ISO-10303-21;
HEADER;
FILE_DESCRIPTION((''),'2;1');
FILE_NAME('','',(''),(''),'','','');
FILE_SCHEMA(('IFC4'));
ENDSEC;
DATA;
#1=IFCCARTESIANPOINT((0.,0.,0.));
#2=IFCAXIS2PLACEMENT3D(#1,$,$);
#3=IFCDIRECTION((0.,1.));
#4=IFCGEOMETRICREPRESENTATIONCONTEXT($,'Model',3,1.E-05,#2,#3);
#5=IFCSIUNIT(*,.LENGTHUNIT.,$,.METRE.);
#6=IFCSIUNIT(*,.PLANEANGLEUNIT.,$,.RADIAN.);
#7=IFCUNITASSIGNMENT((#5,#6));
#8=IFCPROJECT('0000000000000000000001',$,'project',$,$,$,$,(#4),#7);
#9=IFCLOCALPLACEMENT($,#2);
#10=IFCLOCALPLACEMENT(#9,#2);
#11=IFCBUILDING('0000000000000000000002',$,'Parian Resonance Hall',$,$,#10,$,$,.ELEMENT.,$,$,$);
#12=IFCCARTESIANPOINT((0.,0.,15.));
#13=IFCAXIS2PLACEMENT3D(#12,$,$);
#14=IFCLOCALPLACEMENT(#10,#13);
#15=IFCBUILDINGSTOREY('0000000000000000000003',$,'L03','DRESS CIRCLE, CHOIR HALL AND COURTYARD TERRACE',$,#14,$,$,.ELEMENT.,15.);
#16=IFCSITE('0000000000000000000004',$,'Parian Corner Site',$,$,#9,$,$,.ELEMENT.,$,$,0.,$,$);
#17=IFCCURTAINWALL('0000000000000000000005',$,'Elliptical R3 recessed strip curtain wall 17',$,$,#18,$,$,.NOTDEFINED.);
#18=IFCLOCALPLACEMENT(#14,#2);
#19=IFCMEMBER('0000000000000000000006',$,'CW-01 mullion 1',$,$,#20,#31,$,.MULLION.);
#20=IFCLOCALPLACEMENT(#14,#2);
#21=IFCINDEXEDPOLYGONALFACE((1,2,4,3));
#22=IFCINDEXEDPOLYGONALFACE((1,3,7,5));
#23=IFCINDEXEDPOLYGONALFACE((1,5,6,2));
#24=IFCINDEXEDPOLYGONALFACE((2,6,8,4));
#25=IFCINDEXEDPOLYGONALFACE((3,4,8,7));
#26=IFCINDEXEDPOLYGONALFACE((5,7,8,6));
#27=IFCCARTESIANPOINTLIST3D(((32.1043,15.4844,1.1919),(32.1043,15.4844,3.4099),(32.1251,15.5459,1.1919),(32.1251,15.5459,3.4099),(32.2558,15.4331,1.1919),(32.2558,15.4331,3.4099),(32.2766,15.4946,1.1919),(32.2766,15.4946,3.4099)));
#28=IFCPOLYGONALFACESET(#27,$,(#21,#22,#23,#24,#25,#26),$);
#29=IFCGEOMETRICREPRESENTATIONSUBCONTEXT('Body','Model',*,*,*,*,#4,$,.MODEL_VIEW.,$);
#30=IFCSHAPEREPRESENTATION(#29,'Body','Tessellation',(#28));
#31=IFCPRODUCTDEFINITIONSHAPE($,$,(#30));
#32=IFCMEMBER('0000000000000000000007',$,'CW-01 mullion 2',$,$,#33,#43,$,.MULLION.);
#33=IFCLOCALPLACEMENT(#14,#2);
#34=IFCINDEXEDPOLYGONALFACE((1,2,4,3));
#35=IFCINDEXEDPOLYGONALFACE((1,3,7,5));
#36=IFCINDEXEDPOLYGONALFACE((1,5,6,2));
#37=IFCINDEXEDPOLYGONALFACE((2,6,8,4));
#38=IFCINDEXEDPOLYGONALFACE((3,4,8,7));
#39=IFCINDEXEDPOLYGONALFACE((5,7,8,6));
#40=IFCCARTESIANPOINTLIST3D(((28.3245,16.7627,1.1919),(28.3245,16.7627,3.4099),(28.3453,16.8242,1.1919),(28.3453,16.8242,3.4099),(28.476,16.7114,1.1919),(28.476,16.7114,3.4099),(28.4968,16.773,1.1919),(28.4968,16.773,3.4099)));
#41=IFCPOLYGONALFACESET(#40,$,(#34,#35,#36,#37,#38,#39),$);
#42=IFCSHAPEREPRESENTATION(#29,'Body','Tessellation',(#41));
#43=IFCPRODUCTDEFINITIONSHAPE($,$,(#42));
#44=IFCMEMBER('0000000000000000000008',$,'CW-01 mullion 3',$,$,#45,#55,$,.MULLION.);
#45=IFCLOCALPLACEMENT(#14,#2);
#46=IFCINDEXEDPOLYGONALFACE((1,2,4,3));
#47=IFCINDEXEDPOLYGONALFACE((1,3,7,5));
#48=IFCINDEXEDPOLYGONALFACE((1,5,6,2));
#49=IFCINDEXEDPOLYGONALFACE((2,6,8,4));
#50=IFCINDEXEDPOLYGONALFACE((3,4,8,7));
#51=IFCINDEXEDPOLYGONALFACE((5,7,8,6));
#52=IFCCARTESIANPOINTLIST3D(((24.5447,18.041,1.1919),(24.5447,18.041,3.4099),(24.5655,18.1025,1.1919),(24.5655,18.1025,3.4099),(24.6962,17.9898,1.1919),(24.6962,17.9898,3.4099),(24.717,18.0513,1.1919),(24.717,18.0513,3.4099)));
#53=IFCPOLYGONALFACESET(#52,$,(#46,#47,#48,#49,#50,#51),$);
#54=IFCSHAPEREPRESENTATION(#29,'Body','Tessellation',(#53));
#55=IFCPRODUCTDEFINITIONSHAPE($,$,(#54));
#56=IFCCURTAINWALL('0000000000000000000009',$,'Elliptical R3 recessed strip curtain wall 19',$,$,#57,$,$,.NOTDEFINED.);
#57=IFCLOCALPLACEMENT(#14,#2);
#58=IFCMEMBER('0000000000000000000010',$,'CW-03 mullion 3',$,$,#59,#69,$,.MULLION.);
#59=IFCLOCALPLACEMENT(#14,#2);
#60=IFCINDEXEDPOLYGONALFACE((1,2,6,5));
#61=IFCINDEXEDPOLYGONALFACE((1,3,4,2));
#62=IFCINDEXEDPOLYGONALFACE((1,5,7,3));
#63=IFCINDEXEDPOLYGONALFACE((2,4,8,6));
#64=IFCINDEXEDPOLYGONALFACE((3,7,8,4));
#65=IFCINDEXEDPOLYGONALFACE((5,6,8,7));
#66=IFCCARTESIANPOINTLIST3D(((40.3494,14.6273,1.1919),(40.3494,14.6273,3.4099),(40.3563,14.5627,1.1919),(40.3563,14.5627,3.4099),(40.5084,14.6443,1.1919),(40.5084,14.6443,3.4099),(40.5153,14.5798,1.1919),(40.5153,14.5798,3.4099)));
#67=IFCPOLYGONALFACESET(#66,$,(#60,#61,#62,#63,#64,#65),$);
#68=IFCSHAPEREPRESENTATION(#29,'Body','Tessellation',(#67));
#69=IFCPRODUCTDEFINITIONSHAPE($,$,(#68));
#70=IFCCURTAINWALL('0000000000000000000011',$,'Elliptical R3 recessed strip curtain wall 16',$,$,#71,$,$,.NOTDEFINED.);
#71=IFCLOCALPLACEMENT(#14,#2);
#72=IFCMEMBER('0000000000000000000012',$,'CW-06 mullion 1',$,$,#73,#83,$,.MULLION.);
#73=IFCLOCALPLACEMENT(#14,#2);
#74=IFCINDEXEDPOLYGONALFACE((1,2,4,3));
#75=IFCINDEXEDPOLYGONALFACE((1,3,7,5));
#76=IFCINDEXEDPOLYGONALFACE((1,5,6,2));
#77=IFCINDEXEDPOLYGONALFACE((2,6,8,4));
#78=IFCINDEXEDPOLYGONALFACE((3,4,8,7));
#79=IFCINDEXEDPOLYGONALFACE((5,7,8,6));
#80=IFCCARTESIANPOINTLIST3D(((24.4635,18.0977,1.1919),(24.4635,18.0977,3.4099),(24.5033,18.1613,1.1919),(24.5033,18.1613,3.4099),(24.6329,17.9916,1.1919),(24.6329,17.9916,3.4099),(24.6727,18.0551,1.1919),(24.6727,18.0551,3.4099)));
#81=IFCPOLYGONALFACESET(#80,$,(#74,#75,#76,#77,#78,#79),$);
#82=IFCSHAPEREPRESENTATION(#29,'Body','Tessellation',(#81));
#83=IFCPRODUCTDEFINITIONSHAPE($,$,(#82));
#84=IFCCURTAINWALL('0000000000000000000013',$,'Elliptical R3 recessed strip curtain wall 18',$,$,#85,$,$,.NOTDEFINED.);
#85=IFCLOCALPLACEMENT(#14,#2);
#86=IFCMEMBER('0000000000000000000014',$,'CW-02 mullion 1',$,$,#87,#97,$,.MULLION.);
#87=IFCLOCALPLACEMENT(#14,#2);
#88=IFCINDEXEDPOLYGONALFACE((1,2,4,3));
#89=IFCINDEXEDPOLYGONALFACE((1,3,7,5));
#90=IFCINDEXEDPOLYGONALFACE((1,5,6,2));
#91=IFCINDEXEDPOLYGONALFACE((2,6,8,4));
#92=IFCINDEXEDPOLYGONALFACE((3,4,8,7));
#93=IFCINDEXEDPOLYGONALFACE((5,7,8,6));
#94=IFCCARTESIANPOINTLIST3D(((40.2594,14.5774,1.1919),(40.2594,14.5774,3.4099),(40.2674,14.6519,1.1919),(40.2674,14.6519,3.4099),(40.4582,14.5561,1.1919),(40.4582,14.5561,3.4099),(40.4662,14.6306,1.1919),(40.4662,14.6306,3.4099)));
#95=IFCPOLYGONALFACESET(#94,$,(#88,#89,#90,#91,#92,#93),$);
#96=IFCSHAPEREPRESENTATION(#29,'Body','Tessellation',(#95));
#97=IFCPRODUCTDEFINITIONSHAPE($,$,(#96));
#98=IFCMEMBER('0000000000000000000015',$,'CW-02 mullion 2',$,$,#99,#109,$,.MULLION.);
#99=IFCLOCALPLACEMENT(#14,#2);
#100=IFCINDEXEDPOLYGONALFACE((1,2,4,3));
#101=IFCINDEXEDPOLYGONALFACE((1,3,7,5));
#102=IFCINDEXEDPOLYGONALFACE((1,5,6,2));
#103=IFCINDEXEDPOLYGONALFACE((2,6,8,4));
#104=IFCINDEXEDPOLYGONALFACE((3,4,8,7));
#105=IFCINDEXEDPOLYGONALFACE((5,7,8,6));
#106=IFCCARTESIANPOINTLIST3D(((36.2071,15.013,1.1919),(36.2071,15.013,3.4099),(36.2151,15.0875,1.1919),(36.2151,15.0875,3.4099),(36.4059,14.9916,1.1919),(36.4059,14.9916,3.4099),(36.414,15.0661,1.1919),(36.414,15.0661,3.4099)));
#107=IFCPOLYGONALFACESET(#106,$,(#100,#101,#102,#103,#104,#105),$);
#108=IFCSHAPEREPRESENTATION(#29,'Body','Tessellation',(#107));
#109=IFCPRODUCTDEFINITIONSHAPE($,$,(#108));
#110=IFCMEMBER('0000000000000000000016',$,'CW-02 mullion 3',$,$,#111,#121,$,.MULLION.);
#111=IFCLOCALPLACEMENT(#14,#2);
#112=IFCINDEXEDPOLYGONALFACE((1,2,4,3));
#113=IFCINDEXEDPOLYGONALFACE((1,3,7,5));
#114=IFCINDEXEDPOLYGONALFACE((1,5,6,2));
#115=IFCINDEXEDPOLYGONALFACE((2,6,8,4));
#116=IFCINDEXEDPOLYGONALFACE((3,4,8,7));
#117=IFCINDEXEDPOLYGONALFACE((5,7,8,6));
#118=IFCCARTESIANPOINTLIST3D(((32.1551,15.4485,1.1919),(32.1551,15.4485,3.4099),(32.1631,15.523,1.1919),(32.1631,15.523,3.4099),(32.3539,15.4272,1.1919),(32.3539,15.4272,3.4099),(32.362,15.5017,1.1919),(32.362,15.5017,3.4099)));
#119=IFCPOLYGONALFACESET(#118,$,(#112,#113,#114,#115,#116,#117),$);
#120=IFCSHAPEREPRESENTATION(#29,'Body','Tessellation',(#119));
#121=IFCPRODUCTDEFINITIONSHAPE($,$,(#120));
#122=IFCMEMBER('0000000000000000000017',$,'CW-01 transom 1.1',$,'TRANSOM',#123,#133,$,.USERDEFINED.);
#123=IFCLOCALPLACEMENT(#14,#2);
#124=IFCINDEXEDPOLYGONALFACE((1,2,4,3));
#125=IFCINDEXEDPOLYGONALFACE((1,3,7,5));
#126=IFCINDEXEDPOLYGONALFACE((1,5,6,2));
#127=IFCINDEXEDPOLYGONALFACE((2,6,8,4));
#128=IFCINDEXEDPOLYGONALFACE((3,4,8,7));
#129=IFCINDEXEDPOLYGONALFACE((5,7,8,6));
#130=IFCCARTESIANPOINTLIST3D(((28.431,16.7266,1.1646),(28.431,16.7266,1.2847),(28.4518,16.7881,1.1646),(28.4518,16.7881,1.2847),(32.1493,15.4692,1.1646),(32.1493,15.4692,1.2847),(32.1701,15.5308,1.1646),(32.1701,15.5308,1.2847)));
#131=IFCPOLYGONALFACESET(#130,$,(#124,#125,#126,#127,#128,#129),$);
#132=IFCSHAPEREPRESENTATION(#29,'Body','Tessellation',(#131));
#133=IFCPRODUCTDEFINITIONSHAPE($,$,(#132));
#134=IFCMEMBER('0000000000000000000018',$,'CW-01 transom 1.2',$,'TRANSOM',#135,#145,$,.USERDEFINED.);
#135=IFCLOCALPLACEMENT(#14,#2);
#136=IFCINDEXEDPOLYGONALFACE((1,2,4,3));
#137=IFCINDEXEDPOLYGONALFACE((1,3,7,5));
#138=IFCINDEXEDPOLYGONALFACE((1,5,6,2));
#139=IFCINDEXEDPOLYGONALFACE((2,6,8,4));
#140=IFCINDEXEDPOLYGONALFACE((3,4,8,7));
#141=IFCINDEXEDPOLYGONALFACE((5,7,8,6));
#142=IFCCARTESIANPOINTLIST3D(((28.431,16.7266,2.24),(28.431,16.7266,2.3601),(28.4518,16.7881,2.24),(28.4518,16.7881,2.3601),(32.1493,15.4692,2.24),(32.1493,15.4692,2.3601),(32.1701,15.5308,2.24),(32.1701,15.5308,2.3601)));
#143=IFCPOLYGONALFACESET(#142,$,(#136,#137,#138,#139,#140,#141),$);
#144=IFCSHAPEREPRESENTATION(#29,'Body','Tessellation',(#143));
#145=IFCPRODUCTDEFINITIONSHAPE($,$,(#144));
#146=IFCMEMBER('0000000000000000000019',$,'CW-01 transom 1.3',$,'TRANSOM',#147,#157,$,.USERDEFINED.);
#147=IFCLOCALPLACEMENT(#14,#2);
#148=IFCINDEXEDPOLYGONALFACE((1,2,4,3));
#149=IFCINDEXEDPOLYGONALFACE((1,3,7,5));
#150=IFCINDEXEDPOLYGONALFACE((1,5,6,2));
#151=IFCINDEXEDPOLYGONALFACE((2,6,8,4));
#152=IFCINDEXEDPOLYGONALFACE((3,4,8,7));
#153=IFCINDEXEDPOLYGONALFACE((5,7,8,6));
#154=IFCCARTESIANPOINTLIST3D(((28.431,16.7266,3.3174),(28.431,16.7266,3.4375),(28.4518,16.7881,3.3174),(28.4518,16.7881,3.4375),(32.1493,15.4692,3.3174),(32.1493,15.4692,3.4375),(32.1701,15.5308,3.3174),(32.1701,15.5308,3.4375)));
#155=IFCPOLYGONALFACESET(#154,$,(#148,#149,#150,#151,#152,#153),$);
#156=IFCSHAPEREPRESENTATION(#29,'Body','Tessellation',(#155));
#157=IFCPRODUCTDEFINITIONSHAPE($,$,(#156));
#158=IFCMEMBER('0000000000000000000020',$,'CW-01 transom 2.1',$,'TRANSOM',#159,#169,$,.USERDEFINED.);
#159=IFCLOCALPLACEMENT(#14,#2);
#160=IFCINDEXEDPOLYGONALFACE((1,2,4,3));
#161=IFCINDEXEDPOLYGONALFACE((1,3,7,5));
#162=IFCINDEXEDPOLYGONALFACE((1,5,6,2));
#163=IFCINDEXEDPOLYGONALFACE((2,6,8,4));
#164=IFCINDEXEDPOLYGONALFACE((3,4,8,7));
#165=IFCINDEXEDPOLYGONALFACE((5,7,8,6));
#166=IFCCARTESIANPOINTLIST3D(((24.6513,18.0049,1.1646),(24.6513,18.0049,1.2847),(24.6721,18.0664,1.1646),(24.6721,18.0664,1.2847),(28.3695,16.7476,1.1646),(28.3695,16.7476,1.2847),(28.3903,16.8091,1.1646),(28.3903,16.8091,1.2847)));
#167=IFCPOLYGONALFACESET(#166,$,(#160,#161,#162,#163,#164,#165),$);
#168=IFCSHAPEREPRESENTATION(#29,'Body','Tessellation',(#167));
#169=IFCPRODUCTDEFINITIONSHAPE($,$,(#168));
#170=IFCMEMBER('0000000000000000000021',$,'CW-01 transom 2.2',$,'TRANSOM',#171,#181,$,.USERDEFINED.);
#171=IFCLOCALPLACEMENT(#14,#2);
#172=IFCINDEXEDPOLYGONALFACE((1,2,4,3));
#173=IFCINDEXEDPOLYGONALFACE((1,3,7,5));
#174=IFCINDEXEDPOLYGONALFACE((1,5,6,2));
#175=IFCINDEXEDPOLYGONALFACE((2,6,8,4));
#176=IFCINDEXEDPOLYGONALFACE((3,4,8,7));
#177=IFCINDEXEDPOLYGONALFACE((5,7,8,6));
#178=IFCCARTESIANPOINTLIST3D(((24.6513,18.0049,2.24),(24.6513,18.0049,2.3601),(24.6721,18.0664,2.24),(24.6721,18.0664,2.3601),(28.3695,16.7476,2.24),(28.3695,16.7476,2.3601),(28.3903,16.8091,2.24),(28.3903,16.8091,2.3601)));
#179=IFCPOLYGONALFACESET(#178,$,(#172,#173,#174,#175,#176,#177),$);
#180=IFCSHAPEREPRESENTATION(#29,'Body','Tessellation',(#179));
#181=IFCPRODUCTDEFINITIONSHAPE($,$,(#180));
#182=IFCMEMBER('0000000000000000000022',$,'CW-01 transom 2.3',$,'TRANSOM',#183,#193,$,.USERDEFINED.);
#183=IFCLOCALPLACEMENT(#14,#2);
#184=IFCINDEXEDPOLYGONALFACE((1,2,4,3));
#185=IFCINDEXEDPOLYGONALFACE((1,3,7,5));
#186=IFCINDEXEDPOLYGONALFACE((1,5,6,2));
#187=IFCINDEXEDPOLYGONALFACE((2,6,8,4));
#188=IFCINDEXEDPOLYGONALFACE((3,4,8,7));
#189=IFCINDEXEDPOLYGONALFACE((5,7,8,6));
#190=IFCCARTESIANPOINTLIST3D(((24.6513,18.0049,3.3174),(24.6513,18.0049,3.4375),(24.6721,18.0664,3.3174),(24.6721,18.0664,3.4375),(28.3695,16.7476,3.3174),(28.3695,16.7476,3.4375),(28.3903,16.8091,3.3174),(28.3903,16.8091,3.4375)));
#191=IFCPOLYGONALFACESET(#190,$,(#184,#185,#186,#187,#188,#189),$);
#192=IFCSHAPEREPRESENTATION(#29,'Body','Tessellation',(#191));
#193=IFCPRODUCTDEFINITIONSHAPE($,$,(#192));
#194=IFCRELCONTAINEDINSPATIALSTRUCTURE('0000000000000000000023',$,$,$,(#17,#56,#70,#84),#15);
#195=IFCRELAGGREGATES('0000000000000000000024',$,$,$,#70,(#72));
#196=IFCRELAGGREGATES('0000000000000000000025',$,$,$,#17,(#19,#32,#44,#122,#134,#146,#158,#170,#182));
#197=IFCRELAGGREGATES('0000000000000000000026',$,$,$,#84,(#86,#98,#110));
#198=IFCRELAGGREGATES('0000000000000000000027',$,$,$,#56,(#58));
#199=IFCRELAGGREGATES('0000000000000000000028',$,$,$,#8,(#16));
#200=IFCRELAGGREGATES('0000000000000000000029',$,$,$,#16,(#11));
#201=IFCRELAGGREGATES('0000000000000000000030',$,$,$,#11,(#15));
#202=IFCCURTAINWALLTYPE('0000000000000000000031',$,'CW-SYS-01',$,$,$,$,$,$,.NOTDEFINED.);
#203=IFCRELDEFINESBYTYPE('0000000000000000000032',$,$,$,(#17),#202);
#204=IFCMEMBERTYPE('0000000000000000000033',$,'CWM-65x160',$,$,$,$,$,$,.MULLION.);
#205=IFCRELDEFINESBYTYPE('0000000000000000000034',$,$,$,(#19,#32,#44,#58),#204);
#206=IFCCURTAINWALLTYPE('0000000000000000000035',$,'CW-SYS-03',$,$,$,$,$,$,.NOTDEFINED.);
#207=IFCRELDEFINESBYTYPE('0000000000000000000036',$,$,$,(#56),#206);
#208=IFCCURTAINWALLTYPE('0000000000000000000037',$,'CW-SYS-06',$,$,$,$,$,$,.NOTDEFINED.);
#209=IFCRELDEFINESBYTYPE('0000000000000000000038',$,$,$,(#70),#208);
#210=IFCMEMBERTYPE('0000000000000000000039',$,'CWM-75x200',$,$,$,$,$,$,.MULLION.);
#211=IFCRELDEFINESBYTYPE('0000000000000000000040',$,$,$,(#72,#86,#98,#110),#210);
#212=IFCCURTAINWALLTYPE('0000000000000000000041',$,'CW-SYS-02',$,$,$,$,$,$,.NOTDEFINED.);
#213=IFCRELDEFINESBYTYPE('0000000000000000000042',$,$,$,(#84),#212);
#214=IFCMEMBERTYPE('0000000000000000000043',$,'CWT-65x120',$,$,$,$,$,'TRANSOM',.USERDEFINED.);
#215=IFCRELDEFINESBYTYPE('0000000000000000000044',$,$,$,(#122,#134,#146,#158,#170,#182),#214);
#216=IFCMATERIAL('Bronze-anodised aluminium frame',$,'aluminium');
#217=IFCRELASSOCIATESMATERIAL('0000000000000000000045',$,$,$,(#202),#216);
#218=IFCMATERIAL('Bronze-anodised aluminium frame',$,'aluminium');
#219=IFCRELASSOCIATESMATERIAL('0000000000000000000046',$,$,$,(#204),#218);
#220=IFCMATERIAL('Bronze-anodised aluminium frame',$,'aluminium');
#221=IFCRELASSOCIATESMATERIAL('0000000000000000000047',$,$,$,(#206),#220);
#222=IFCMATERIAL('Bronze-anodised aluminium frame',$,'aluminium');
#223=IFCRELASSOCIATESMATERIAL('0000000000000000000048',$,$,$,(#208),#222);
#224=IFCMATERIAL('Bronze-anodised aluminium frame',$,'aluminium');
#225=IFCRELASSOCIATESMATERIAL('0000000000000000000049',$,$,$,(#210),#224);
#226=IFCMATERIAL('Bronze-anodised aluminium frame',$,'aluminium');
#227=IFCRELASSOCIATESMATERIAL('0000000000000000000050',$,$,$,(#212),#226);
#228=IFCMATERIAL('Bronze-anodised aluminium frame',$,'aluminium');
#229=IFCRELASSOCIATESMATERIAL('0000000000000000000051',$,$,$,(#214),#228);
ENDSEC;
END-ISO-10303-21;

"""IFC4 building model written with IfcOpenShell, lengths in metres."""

from ifc_helpers import new_model, si_unit, direction, frame, origin, origin_2d, place, context, subcontext, project, spatial, rectangle, extrude, material, material_profile, profile_set, type_object, element, aggregate, save


model = new_model("IFC4")

# Units and contexts
model_context = context("Model", 3, precision=1e-05, world=origin(), true_north=direction((0.0, 1.0)))
body_context = subcontext(model_context, "Body", "Model", "MODEL_VIEW")
ifc_project = project(units=[si_unit("LENGTHUNIT", "METRE"), si_unit("PLANEANGLEUNIT", "RADIAN")], contexts=[model_context])

# Site, building, storey
site_placement = place(None, origin())
site = spatial("IfcSite", under=ifc_project, at=site_placement, Name="Parian Corner Site", CompositionType="ELEMENT", RefElevation=0.0)
building_placement = place(site_placement, origin())
building = spatial("IfcBuilding", under=site, at=building_placement, Name="Parian Resonance Hall", CompositionType="ELEMENT")
storey_placement = place(building_placement, frame((0.0, 0.0, 15.0)))
storey = spatial("IfcBuildingStorey", under=building, at=storey_placement, Name="L03", Description="DRESS CIRCLE, CHOIR HALL AND COURTYARD TERRACE", CompositionType="ELEMENT", Elevation=15.0)

# Curtain wall, members
ifc_material_1 = material(Name="Bronze-anodised aluminium frame", Category="aluminium")
curtain_wall_type_1 = type_object("IfcCurtainWallType", Name="CW-SYS-01", PredefinedType="NOTDEFINED", material=ifc_material_1)
curtain_wall_1_placement = place(storey_placement, origin())
curtain_wall_1 = element("IfcCurtainWall", 1, at=curtain_wall_1_placement, inside=storey, type_object=curtain_wall_type_1, Name="Elliptical R3 recessed strip curtain wall 17", PredefinedType="NOTDEFINED")
ifc_material_2 = material(Name="Bronze-anodised aluminium frame", Category="aluminium")
ifc_material_profile_1 = material_profile(ifc_material_2, rectangle(XDim=0.0649, YDim=0.1599, at=origin_2d()), Name="CWM-65x160")
ifc_profile_set_1 = profile_set([ifc_material_profile_1], Name="Bronze-anodised aluminium frame")
member_type_1 = type_object("IfcMemberType", Name="CWM-65x160", PredefinedType="MULLION", material=ifc_profile_set_1)
member_1_placement = place(storey_placement, frame((32.1904, 15.4895, 1.1919), z_axis=(0.0, 0.0, 1.0), x_axis=(-0.32036, -0.947296, 0.0)))
member_1 = element("IfcMember", 2, at=member_1_placement, type_object=member_type_1, Name="CW-01 mullion 1", PredefinedType="MULLION", context=body_context, shape_type="SweptSolid", body=[
    extrude(rectangle(XDim=0.0649, YDim=0.1599, at=origin_2d()), origin(), (0.0, 0.0, 1.0), 2.218),
])
member_2_placement = place(storey_placement, frame((28.4106, 16.7678, 1.1919), z_axis=(0.0, 0.0, 1.0), x_axis=(-0.32036, -0.947296, 0.0)))
member_2 = element("IfcMember", 3, at=member_2_placement, type_object=member_type_1, Name="CW-01 mullion 2", PredefinedType="MULLION", context=body_context, shape_type="SweptSolid", body=[
    extrude(rectangle(XDim=0.0649, YDim=0.1599, at=origin_2d()), origin(), (0.0, 0.0, 1.0), 2.218),
])
member_3_placement = place(storey_placement, frame((24.6309, 18.0461, 1.1919), z_axis=(0.0, 0.0, 1.0), x_axis=(-0.32036, -0.947296, 0.0)))
member_3 = element("IfcMember", 4, at=member_3_placement, type_object=member_type_1, Name="CW-01 mullion 3", PredefinedType="MULLION", context=body_context, shape_type="SweptSolid", body=[
    extrude(rectangle(XDim=0.0649, YDim=0.1599, at=origin_2d()), origin(), (0.0, 0.0, 1.0), 2.218),
])

# Curtain walls, members
ifc_material_3 = material(Name="Bronze-anodised aluminium frame", Category="aluminium")
curtain_wall_type_2 = type_object("IfcCurtainWallType", Name="CW-SYS-03", PredefinedType="NOTDEFINED", material=ifc_material_3)
curtain_wall_2_placement = place(storey_placement, origin())
curtain_wall_2 = element("IfcCurtainWall", 5, at=curtain_wall_2_placement, inside=storey, type_object=curtain_wall_type_2, Name="Elliptical R3 recessed strip curtain wall 19", PredefinedType="NOTDEFINED")
member_4_placement = place(storey_placement, frame((40.4324, 14.6035, 1.1919), z_axis=(0.0, 0.0, 1.0), x_axis=(0.106871, -0.994273, 0.0)))
member_4 = element("IfcMember", 6, at=member_4_placement, type_object=member_type_1, Name="CW-03 mullion 3", PredefinedType="MULLION", context=body_context, shape_type="SweptSolid", body=[
    extrude(rectangle(XDim=0.0649, YDim=0.1599, at=origin_2d()), origin(), (0.0, 0.0, 1.0), 2.218),
])
ifc_material_4 = material(Name="Bronze-anodised aluminium frame", Category="aluminium")
curtain_wall_type_3 = type_object("IfcCurtainWallType", Name="CW-SYS-06", PredefinedType="NOTDEFINED", material=ifc_material_4)
curtain_wall_3_placement = place(storey_placement, origin())
curtain_wall_3 = element("IfcCurtainWall", 7, at=curtain_wall_3_placement, inside=storey, type_object=curtain_wall_type_3, Name="Elliptical R3 recessed strip curtain wall 16", PredefinedType="NOTDEFINED")
ifc_material_5 = material(Name="Bronze-anodised aluminium frame", Category="aluminium")
ifc_material_profile_2 = material_profile(ifc_material_5, rectangle(XDim=0.075, YDim=0.2, at=origin_2d()), Name="CWM-75x200")
ifc_profile_set_2 = profile_set([ifc_material_profile_2], Name="Bronze-anodised aluminium frame")
member_type_2 = type_object("IfcMemberType", Name="CWM-75x200", PredefinedType="MULLION", material=ifc_profile_set_2)
member_5_placement = place(storey_placement, frame((24.5681, 18.0764, 1.1919), z_axis=(0.0, 0.0, 1.0), x_axis=(-0.530904, -0.847432, 0.0)))
member_5 = element("IfcMember", 8, at=member_5_placement, type_object=member_type_2, Name="CW-06 mullion 1", PredefinedType="MULLION", context=body_context, shape_type="SweptSolid", body=[
    extrude(rectangle(XDim=0.075, YDim=0.2, at=origin_2d()), origin(), (0.0, 0.0, 1.0), 2.218),
])

# Curtain wall, members
ifc_material_6 = material(Name="Bronze-anodised aluminium frame", Category="aluminium")
curtain_wall_type_4 = type_object("IfcCurtainWallType", Name="CW-SYS-02", PredefinedType="NOTDEFINED", material=ifc_material_6)
curtain_wall_4_placement = place(storey_placement, origin())
curtain_wall_4 = element("IfcCurtainWall", 9, at=curtain_wall_4_placement, inside=storey, type_object=curtain_wall_type_4, Name="Elliptical R3 recessed strip curtain wall 18", PredefinedType="NOTDEFINED")
member_6_placement = place(storey_placement, frame((40.3628, 14.604, 1.1919), z_axis=(0.0, 0.0, 1.0), x_axis=(-0.106871, -0.994273, 0.0)))
member_6 = element("IfcMember", 10, at=member_6_placement, type_object=member_type_2, Name="CW-02 mullion 1", PredefinedType="MULLION", context=body_context, shape_type="SweptSolid", body=[
    extrude(rectangle(XDim=0.075, YDim=0.2, at=origin_2d()), origin(), (0.0, 0.0, 1.0), 2.218),
])
member_7_placement = place(storey_placement, frame((36.3105, 15.0396, 1.1919), z_axis=(0.0, 0.0, 1.0), x_axis=(-0.106871, -0.994273, 0.0)))
member_7 = element("IfcMember", 11, at=member_7_placement, type_object=member_type_2, Name="CW-02 mullion 2", PredefinedType="MULLION", context=body_context, shape_type="SweptSolid", body=[
    extrude(rectangle(XDim=0.075, YDim=0.2, at=origin_2d()), origin(), (0.0, 0.0, 1.0), 2.218),
])
member_8_placement = place(storey_placement, frame((32.2585, 15.4751, 1.1919), z_axis=(0.0, 0.0, 1.0), x_axis=(-0.106871, -0.994273, 0.0)))
member_8 = element("IfcMember", 12, at=member_8_placement, type_object=member_type_2, Name="CW-02 mullion 3", PredefinedType="MULLION", context=body_context, shape_type="SweptSolid", body=[
    extrude(rectangle(XDim=0.075, YDim=0.2, at=origin_2d()), origin(), (0.0, 0.0, 1.0), 2.218),
])

# Members
ifc_material_7 = material(Name="Bronze-anodised aluminium frame", Category="aluminium")
ifc_material_profile_3 = material_profile(ifc_material_7, rectangle(XDim=0.0649, YDim=0.1201, at=origin_2d()), Name="CWT-65x120")
ifc_profile_set_3 = profile_set([ifc_material_profile_3], Name="Bronze-anodised aluminium frame")
member_type_3 = type_object("IfcMemberType", Name="CWT-65x120", ElementType="TRANSOM", PredefinedType="USERDEFINED", material=ifc_profile_set_3)
member_9_placement = place(storey_placement, frame((32.1597, 15.5, 1.2246), z_axis=(-0.947306, 0.32033, 0.0), x_axis=(-0.32033, -0.947306, 0.0)))
member_9 = element("IfcMember", 13, at=member_9_placement, type_object=member_type_3, Name="CW-01 transom 1.1", ObjectType="TRANSOM", PredefinedType="USERDEFINED", context=body_context, shape_type="SweptSolid", body=[
    extrude(rectangle(XDim=0.0649, YDim=0.1201, at=origin_2d()), origin(), (0.0, 0.0, 1.0), 3.925),
])
member_10_placement = place(storey_placement, frame((32.1597, 15.5, 2.3), z_axis=(-0.947306, 0.32033, 0.0), x_axis=(-0.32033, -0.947306, 0.0)))
member_10 = element("IfcMember", 14, at=member_10_placement, type_object=member_type_3, Name="CW-01 transom 1.2", ObjectType="TRANSOM", PredefinedType="USERDEFINED", context=body_context, shape_type="SweptSolid", body=[
    extrude(rectangle(XDim=0.0649, YDim=0.1201, at=origin_2d()), origin(), (0.0, 0.0, 1.0), 3.925),
])
member_11_placement = place(storey_placement, frame((32.1597, 15.5, 3.3774), z_axis=(-0.947306, 0.32033, 0.0), x_axis=(-0.32033, -0.947306, 0.0)))
member_11 = element("IfcMember", 15, at=member_11_placement, type_object=member_type_3, Name="CW-01 transom 1.3", ObjectType="TRANSOM", PredefinedType="USERDEFINED", context=body_context, shape_type="SweptSolid", body=[
    extrude(rectangle(XDim=0.0649, YDim=0.1201, at=origin_2d()), origin(), (0.0, 0.0, 1.0), 3.925),
])
member_12_placement = place(storey_placement, frame((28.3799, 16.7783, 1.2246), z_axis=(-0.947306, 0.32033, 0.0), x_axis=(-0.32033, -0.947306, 0.0)))
member_12 = element("IfcMember", 16, at=member_12_placement, type_object=member_type_3, Name="CW-01 transom 2.1", ObjectType="TRANSOM", PredefinedType="USERDEFINED", context=body_context, shape_type="SweptSolid", body=[
    extrude(rectangle(XDim=0.0649, YDim=0.1201, at=origin_2d()), origin(), (0.0, 0.0, 1.0), 3.925),
])
member_13_placement = place(storey_placement, frame((28.3799, 16.7783, 2.3), z_axis=(-0.947306, 0.32033, 0.0), x_axis=(-0.32033, -0.947306, 0.0)))
member_13 = element("IfcMember", 17, at=member_13_placement, type_object=member_type_3, Name="CW-01 transom 2.2", ObjectType="TRANSOM", PredefinedType="USERDEFINED", context=body_context, shape_type="SweptSolid", body=[
    extrude(rectangle(XDim=0.0649, YDim=0.1201, at=origin_2d()), origin(), (0.0, 0.0, 1.0), 3.925),
])
member_14_placement = place(storey_placement, frame((28.3799, 16.7783, 3.3774), z_axis=(-0.947306, 0.32033, 0.0), x_axis=(-0.32033, -0.947306, 0.0)))
member_14 = element("IfcMember", 18, at=member_14_placement, type_object=member_type_3, Name="CW-01 transom 2.3", ObjectType="TRANSOM", PredefinedType="USERDEFINED", context=body_context, shape_type="SweptSolid", body=[
    extrude(rectangle(XDim=0.0649, YDim=0.1201, at=origin_2d()), origin(), (0.0, 0.0, 1.0), 3.925),
])
aggregate(curtain_wall_3, [member_5])

aggregate(curtain_wall_1, [member_1, member_2, member_3, member_9, member_10, member_11, member_12, member_13, member_14])
aggregate(curtain_wall_4, [member_6, member_7, member_8])
aggregate(curtain_wall_2, [member_4])

save(model, "model.ifc")
